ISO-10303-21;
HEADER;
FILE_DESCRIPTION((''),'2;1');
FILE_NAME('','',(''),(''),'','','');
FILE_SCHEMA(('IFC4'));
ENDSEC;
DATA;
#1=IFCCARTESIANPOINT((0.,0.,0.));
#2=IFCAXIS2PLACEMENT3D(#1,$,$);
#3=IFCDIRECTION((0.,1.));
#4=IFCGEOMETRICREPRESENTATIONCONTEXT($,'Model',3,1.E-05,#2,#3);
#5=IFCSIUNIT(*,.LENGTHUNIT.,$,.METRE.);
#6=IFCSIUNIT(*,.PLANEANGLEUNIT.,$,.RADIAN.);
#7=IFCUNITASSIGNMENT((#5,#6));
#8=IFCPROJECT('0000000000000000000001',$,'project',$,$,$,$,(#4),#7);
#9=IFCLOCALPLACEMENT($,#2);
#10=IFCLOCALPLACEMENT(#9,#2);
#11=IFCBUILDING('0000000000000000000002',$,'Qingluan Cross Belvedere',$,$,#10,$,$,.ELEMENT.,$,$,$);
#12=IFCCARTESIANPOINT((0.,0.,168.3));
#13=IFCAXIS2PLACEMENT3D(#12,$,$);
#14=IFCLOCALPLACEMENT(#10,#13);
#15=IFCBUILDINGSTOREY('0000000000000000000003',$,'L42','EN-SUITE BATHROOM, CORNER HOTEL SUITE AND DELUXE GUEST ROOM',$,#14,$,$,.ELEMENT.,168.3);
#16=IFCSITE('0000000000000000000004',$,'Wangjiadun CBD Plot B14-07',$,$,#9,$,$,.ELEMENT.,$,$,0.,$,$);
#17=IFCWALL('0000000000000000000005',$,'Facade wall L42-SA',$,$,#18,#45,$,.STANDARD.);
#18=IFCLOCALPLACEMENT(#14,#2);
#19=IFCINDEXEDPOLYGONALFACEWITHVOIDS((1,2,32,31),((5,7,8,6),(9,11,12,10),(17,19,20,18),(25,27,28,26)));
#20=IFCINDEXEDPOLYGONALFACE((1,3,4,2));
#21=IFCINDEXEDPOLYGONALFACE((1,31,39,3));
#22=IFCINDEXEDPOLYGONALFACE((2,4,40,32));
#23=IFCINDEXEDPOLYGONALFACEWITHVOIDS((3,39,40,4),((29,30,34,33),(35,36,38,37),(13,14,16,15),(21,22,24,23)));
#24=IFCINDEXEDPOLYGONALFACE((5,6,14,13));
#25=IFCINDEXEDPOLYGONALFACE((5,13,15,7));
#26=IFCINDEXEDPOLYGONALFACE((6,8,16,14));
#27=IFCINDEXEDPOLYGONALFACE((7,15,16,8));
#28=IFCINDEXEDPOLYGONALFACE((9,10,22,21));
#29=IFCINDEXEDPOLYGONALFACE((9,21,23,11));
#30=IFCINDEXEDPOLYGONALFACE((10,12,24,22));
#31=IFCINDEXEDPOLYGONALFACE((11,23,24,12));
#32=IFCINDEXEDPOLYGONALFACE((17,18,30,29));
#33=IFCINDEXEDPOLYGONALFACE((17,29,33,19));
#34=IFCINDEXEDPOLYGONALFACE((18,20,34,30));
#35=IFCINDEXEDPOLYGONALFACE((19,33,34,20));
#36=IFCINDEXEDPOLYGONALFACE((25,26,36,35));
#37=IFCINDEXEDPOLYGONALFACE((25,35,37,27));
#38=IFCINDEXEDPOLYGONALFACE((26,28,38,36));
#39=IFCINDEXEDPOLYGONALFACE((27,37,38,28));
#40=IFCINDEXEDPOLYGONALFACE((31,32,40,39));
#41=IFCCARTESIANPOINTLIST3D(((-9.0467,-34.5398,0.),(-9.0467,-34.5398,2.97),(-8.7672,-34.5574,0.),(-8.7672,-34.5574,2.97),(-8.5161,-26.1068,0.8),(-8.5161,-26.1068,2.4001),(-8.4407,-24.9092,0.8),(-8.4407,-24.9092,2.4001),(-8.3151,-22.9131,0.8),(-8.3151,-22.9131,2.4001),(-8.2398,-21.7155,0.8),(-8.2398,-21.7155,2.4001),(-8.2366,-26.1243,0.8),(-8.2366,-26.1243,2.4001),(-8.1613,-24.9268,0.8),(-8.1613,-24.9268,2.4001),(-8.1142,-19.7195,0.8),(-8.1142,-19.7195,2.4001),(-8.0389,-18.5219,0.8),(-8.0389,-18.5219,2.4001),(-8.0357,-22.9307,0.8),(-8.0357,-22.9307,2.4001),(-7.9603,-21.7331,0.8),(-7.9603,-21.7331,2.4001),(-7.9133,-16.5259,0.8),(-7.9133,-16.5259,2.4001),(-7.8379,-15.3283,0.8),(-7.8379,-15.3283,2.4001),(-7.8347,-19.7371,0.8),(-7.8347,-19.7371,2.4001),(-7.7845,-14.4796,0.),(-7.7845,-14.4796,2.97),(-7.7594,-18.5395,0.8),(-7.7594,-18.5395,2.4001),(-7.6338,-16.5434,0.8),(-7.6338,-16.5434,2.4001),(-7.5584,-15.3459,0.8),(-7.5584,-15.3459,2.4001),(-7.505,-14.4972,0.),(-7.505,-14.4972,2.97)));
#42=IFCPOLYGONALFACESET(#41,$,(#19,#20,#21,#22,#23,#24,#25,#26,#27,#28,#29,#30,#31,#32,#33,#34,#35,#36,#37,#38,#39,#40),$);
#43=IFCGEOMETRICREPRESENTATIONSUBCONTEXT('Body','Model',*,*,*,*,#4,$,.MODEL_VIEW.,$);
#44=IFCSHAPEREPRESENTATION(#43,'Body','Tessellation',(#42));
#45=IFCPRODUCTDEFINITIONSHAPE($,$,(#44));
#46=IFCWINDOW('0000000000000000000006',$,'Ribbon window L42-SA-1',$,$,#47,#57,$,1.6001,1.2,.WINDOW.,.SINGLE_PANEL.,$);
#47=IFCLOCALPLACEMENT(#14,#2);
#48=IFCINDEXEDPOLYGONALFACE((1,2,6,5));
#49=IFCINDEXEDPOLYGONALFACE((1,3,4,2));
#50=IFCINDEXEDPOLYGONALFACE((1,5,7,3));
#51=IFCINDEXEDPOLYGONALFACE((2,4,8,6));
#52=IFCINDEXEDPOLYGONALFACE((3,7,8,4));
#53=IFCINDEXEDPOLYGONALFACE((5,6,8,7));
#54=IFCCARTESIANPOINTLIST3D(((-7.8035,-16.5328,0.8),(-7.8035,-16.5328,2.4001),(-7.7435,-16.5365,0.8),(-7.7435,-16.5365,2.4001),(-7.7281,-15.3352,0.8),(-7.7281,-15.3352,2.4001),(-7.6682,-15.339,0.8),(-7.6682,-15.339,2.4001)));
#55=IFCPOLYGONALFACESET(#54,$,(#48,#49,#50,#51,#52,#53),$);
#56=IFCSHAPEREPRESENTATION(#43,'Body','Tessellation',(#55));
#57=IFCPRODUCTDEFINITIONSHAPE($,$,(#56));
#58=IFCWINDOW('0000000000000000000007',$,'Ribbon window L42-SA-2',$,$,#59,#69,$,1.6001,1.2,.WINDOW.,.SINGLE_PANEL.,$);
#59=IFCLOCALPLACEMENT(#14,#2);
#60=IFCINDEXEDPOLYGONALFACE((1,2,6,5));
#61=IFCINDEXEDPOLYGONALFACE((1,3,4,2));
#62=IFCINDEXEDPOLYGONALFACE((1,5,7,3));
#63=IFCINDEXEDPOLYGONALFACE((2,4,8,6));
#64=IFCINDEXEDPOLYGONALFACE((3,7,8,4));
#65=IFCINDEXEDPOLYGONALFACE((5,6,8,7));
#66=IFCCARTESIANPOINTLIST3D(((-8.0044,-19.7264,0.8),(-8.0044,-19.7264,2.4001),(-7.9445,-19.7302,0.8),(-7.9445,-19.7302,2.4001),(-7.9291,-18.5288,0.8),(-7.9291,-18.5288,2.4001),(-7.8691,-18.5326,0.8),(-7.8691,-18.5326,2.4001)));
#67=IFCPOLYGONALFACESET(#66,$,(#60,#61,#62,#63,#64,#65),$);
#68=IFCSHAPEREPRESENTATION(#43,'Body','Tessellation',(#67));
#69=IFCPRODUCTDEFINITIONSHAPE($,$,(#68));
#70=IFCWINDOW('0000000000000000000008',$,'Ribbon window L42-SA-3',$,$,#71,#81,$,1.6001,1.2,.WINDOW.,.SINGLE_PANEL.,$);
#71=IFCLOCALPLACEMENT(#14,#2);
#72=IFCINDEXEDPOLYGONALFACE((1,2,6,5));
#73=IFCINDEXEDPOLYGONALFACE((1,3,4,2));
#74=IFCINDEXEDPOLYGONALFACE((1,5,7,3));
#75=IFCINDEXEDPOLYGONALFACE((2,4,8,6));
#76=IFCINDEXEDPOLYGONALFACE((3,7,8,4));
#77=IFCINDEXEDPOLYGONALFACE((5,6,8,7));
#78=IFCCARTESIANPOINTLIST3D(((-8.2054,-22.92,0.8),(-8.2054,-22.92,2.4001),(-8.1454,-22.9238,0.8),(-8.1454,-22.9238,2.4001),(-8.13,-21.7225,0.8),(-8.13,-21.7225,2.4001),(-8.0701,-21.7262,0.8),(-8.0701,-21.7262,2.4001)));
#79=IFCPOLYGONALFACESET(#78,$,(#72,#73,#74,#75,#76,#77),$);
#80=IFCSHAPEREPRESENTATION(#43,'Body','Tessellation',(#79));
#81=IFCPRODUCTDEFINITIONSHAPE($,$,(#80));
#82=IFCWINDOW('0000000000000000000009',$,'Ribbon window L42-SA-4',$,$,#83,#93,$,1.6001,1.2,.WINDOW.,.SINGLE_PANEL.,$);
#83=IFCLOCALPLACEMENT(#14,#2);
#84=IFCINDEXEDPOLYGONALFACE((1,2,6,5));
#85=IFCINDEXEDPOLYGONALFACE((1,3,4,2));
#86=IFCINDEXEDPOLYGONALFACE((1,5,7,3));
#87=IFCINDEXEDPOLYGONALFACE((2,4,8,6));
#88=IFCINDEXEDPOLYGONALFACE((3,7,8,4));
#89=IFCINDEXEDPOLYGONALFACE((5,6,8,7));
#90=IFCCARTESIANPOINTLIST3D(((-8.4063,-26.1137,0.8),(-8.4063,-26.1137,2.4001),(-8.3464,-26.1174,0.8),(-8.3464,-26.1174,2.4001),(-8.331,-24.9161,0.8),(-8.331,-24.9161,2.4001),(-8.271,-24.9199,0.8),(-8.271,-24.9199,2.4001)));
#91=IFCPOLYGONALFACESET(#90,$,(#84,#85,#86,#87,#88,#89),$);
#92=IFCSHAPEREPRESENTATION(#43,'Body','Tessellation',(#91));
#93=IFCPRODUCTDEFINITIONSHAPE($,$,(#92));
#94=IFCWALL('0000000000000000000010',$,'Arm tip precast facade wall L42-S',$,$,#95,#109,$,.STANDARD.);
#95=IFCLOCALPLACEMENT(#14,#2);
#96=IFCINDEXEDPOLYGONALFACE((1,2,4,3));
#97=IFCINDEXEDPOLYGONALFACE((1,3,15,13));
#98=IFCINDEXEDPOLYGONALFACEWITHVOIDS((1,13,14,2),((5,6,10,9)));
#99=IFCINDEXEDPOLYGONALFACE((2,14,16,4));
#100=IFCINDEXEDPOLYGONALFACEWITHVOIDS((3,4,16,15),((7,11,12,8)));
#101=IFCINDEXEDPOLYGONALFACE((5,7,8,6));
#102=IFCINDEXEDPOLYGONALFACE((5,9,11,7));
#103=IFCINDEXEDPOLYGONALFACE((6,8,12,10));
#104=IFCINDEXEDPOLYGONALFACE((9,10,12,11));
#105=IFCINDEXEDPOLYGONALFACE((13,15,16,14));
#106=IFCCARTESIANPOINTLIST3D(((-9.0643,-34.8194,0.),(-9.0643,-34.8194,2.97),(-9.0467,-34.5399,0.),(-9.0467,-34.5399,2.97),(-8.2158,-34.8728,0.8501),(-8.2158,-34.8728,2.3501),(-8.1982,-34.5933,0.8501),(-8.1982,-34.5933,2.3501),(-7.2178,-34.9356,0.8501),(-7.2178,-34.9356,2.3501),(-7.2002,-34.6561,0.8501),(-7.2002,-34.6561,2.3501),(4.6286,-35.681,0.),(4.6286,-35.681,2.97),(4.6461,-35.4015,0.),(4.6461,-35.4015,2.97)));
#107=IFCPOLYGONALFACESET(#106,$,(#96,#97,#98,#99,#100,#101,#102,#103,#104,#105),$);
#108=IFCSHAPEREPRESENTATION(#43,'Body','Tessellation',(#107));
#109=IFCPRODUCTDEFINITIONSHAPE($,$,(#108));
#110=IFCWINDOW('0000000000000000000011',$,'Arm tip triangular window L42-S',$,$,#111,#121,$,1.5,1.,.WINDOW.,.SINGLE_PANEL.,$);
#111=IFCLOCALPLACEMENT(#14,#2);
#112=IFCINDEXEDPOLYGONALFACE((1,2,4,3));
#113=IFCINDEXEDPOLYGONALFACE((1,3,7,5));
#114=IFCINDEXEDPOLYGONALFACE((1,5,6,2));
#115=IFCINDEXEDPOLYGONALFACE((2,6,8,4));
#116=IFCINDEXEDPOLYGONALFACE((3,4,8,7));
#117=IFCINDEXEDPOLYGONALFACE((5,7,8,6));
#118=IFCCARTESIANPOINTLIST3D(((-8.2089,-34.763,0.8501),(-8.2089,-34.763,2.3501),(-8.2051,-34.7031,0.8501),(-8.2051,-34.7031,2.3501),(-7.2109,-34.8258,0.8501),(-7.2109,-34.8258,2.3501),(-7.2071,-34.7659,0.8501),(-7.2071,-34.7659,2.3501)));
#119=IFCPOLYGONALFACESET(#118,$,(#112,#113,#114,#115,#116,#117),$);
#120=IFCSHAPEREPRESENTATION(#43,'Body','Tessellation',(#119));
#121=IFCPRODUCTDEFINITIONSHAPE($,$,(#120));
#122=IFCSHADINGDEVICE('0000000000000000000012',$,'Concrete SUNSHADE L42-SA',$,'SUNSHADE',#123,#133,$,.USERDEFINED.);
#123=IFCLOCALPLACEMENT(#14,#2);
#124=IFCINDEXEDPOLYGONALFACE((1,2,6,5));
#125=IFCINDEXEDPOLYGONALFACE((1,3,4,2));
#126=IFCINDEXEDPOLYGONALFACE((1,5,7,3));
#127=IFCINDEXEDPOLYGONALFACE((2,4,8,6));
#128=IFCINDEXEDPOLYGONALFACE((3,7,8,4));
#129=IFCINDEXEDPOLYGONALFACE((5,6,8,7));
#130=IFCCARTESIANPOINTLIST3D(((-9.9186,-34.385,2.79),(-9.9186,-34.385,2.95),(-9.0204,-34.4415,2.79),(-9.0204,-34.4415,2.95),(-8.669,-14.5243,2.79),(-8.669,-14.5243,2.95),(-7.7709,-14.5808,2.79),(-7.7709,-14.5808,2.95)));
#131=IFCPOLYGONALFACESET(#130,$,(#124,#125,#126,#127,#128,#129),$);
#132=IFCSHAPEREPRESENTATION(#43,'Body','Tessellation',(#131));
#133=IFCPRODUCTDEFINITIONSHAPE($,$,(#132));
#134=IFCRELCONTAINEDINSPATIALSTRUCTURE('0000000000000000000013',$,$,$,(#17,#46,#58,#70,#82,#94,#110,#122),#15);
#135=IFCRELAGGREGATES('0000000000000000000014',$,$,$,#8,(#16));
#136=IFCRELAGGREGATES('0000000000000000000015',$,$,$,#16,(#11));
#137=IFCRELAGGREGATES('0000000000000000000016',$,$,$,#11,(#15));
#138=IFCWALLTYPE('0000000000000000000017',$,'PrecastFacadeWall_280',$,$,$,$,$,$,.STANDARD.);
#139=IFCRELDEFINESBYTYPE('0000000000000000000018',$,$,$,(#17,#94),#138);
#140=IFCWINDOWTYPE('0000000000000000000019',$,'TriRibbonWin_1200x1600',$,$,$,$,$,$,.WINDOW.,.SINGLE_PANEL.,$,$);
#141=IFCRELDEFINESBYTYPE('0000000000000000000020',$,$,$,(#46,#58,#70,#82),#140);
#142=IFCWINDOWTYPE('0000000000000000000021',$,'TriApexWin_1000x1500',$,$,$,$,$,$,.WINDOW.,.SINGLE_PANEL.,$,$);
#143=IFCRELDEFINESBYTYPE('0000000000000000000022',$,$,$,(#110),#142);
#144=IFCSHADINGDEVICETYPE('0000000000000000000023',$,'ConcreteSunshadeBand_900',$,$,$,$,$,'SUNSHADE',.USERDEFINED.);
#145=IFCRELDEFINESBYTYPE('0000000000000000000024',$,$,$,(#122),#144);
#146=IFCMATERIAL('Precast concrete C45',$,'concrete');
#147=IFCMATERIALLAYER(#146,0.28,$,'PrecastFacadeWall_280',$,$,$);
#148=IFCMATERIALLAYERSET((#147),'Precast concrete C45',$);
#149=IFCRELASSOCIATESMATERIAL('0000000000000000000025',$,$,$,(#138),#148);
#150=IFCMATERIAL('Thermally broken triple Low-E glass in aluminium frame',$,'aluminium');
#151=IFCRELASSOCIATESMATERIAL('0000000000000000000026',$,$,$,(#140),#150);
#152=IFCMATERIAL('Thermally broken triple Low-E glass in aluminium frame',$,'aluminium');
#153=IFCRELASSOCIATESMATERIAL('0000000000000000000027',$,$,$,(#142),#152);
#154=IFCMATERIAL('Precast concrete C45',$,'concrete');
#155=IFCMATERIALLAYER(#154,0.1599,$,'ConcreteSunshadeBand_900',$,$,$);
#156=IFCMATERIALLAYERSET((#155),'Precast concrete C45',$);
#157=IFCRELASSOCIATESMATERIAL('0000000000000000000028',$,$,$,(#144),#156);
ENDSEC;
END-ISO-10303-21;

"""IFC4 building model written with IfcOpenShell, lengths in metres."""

from ifc_helpers import new_model, si_unit, direction, frame, frame_2d, origin, origin_2d, place, context, subcontext, project, spatial, rectangle, extrude, material, layer, layer_set, type_object, element, fill, save


model = new_model("IFC4")

# Units and contexts
model_context = context("Model", 3, precision=1e-05, world=origin(), true_north=direction((0.0, 1.0)))
body_context = subcontext(model_context, "Body", "Model", "MODEL_VIEW")
ifc_project = project(units=[si_unit("LENGTHUNIT", "METRE"), si_unit("PLANEANGLEUNIT", "RADIAN")], contexts=[model_context])

# Site, building, storey
site_placement = place(None, origin())
site = spatial("IfcSite", under=ifc_project, at=site_placement, Name="Wangjiadun CBD Plot B14-07", CompositionType="ELEMENT", RefElevation=0.0)
building_placement = place(site_placement, origin())
building = spatial("IfcBuilding", under=site, at=building_placement, Name="Qingluan Cross Belvedere", CompositionType="ELEMENT")
storey_placement = place(building_placement, frame((0.0, 0.0, 168.3)))
storey = spatial("IfcBuildingStorey", under=building, at=storey_placement, Name="L42", Description="EN-SUITE BATHROOM, CORNER HOTEL SUITE AND DELUXE GUEST ROOM", CompositionType="ELEMENT", Elevation=168.3)

# Wall, openings, windows
ifc_material_1 = material(Name="Precast concrete C45", Category="concrete")
ifc_layer_1 = layer(ifc_material_1, 0.28, Name="PrecastFacadeWall_280")
ifc_layer_set_1 = layer_set([ifc_layer_1], Name="Precast concrete C45")
wall_type_1 = type_object("IfcWallType", Name="PrecastFacadeWall_280", PredefinedType="STANDARD", material=ifc_layer_set_1)
wall_1_placement = place(storey_placement, frame((-7.6448, -14.4885, 0.0), z_axis=(0.0, 0.0, 1.0), x_axis=(-0.062796, -0.998026, 0.0)))
wall_1 = element("IfcWall", 1, at=wall_1_placement, inside=storey, type_object=wall_type_1, Name="Facade wall L42-SA", PredefinedType="STANDARD", context=body_context, shape_type="SweptSolid", body=[
    extrude(rectangle(XDim=20.0999, YDim=0.28, at=frame_2d((10.0498, 0.0))), origin(), (0.0, 0.0, 1.0), 2.97),
])
opening_1_placement = place(wall_1_placement, frame((0.8501, 0.0, 0.8)))
opening_1 = element("IfcOpeningElement", 2, at=opening_1_placement, cuts=wall_1, PredefinedType="OPENING", context=body_context, shape_type="SweptSolid", body=[
    extrude(rectangle(XDim=1.2, YDim=1.6001, at=frame_2d((0.6001, 0.8))), frame((0.0, 0.1499, 0.0), z_axis=(0.0, -1.0, 0.0), x_axis=(1.0, 0.0, 0.0)), (0.0, 0.0, 1.0), 0.3),
])
opening_2_placement = place(wall_1_placement, frame((4.05, 0.0, 0.8)))
opening_2 = element("IfcOpeningElement", 3, at=opening_2_placement, cuts=wall_1, PredefinedType="OPENING", context=body_context, shape_type="SweptSolid", body=[
    extrude(rectangle(XDim=1.2, YDim=1.6001, at=frame_2d((0.6001, 0.8))), frame((0.0, 0.1499, 0.0), z_axis=(0.0, -1.0, 0.0), x_axis=(1.0, 0.0, 0.0)), (0.0, 0.0, 1.0), 0.3),
])
opening_3_placement = place(wall_1_placement, frame((7.25, 0.0, 0.8)))
opening_3 = element("IfcOpeningElement", 4, at=opening_3_placement, cuts=wall_1, PredefinedType="OPENING", context=body_context, shape_type="SweptSolid", body=[
    extrude(rectangle(XDim=1.2, YDim=1.6001, at=frame_2d((0.6001, 0.8))), frame((0.0, 0.1499, 0.0), z_axis=(0.0, -1.0, 0.0), x_axis=(1.0, 0.0, 0.0)), (0.0, 0.0, 1.0), 0.3),
])
opening_4_placement = place(wall_1_placement, frame((10.45, 0.0, 0.8)))
opening_4 = element("IfcOpeningElement", 5, at=opening_4_placement, cuts=wall_1, PredefinedType="OPENING", context=body_context, shape_type="SweptSolid", body=[
    extrude(rectangle(XDim=1.2, YDim=1.6001, at=frame_2d((0.6001, 0.8))), frame((0.0, 0.1499, 0.0), z_axis=(0.0, -1.0, 0.0), x_axis=(1.0, 0.0, 0.0)), (0.0, 0.0, 1.0), 0.3),
])
ifc_material_2 = material(Name="Thermally broken triple Low-E glass in aluminium frame", Category="aluminium")
window_type_1 = type_object("IfcWindowType", Name="TriRibbonWin_1200x1600", PartitioningType="SINGLE_PANEL", PredefinedType="WINDOW", material=ifc_material_2)
window_1_placement = place(opening_1_placement, origin())
window_1 = element("IfcWindow", 6, at=window_1_placement, inside=storey, type_object=window_type_1, Name="Ribbon window L42-SA-1", OverallHeight=1.6001, OverallWidth=1.2, PartitioningType="SINGLE_PANEL", PredefinedType="WINDOW", context=body_context, shape_type="SweptSolid", body=[
    extrude(rectangle(XDim=1.2, YDim=1.6001, at=frame_2d((0.6001, 0.8))), frame((0.0, 0.03, 0.0), z_axis=(0.0, -1.0, 0.0), x_axis=(1.0, 0.0, 0.0)), (0.0, 0.0, 1.0), 0.0601),
])
fill(opening_1, window_1)
window_2_placement = place(opening_2_placement, origin())
window_2 = element("IfcWindow", 7, at=window_2_placement, inside=storey, type_object=window_type_1, Name="Ribbon window L42-SA-2", OverallHeight=1.6001, OverallWidth=1.2, PartitioningType="SINGLE_PANEL", PredefinedType="WINDOW", context=body_context, shape_type="SweptSolid", body=[
    extrude(rectangle(XDim=1.2, YDim=1.6001, at=frame_2d((0.6001, 0.8))), frame((0.0, 0.03, 0.0), z_axis=(0.0, -1.0, 0.0), x_axis=(1.0, 0.0, 0.0)), (0.0, 0.0, 1.0), 0.0601),
])
fill(opening_2, window_2)
window_3_placement = place(opening_3_placement, origin())
window_3 = element("IfcWindow", 8, at=window_3_placement, inside=storey, type_object=window_type_1, Name="Ribbon window L42-SA-3", OverallHeight=1.6001, OverallWidth=1.2, PartitioningType="SINGLE_PANEL", PredefinedType="WINDOW", context=body_context, shape_type="SweptSolid", body=[
    extrude(rectangle(XDim=1.2, YDim=1.6001, at=frame_2d((0.6001, 0.8))), frame((0.0, 0.03, 0.0), z_axis=(0.0, -1.0, 0.0), x_axis=(1.0, 0.0, 0.0)), (0.0, 0.0, 1.0), 0.0601),
])
fill(opening_3, window_3)
window_4_placement = place(opening_4_placement, origin())
window_4 = element("IfcWindow", 9, at=window_4_placement, inside=storey, type_object=window_type_1, Name="Ribbon window L42-SA-4", OverallHeight=1.6001, OverallWidth=1.2, PartitioningType="SINGLE_PANEL", PredefinedType="WINDOW", context=body_context, shape_type="SweptSolid", body=[
    extrude(rectangle(XDim=1.2, YDim=1.6001, at=frame_2d((0.6001, 0.8))), frame((0.0, 0.03, 0.0), z_axis=(0.0, -1.0, 0.0), x_axis=(1.0, 0.0, 0.0)), (0.0, 0.0, 1.0), 0.0601),
])
fill(opening_4, window_4)

# Wall, opening, window
wall_2_placement = place(storey_placement, frame((-9.0554, -34.6797, 0.0), z_axis=(0.0, 0.0, 1.0), x_axis=(0.998026, -0.062797, 0.0)))
wall_2 = element("IfcWall", 10, at=wall_2_placement, inside=storey, type_object=wall_type_1, Name="Arm tip precast facade wall L42-S", PredefinedType="STANDARD", context=body_context, shape_type="SweptSolid", body=[
    extrude(rectangle(XDim=13.72, YDim=0.28, at=frame_2d((6.8599, 0.0))), origin(), (0.0, 0.0, 1.0), 2.97),
])
opening_5_placement = place(wall_2_placement, frame((0.8501, 0.0, 0.8501)))
opening_5 = element("IfcOpeningElement", 11, at=opening_5_placement, cuts=wall_2, PredefinedType="OPENING", context=body_context, shape_type="SweptSolid", body=[
    extrude(rectangle(XDim=1.0, YDim=1.5, at=frame_2d((0.5, 0.75))), frame((0.0, 0.1499, 0.0), z_axis=(0.0, -1.0, 0.0), x_axis=(1.0, 0.0, 0.0)), (0.0, 0.0, 1.0), 0.3),
])
ifc_material_3 = material(Name="Thermally broken triple Low-E glass in aluminium frame", Category="aluminium")
window_type_2 = type_object("IfcWindowType", Name="TriApexWin_1000x1500", PartitioningType="SINGLE_PANEL", PredefinedType="WINDOW", material=ifc_material_3)
window_5_placement = place(opening_5_placement, origin())
window_5 = element("IfcWindow", 12, at=window_5_placement, inside=storey, type_object=window_type_2, Name="Arm tip triangular window L42-S", OverallHeight=1.5, OverallWidth=1.0, PartitioningType="SINGLE_PANEL", PredefinedType="WINDOW", context=body_context, shape_type="SweptSolid", body=[
    extrude(rectangle(XDim=1.0, YDim=1.5, at=frame_2d((0.5, 0.75))), frame((0.0, 0.03, 0.0), z_axis=(0.0, -1.0, 0.0), x_axis=(1.0, 0.0, 0.0)), (0.0, 0.0, 1.0), 0.0601),
])
fill(opening_5, window_5)

# Shading device
ifc_material_4 = material(Name="Precast concrete C45", Category="concrete")
ifc_layer_2 = layer(ifc_material_4, 0.1599, Name="ConcreteSunshadeBand_900")
ifc_layer_set_2 = layer_set([ifc_layer_2], Name="Precast concrete C45")
shading_device_type = type_object("IfcShadingDeviceType", Name="ConcreteSunshadeBand_900", ElementType="SUNSHADE", PredefinedType="USERDEFINED", material=ifc_layer_set_2)
shading_device_placement = place(storey_placement, frame((-8.8447, -24.4829, 2.79), z_axis=(0.0, 0.0, 1.0), x_axis=(-0.062791, -0.998027, 0.0)))
element("IfcShadingDevice", 13, at=shading_device_placement, inside=storey, type_object=shading_device_type, Name="Concrete SUNSHADE L42-SA", ObjectType="SUNSHADE", PredefinedType="USERDEFINED", context=body_context, shape_type="SweptSolid", body=[
    extrude(rectangle(XDim=19.8999, YDim=0.8999, at=origin_2d()), origin(), (0.0, 0.0, 1.0), 0.1599),
])

save(model, "model.ifc")
